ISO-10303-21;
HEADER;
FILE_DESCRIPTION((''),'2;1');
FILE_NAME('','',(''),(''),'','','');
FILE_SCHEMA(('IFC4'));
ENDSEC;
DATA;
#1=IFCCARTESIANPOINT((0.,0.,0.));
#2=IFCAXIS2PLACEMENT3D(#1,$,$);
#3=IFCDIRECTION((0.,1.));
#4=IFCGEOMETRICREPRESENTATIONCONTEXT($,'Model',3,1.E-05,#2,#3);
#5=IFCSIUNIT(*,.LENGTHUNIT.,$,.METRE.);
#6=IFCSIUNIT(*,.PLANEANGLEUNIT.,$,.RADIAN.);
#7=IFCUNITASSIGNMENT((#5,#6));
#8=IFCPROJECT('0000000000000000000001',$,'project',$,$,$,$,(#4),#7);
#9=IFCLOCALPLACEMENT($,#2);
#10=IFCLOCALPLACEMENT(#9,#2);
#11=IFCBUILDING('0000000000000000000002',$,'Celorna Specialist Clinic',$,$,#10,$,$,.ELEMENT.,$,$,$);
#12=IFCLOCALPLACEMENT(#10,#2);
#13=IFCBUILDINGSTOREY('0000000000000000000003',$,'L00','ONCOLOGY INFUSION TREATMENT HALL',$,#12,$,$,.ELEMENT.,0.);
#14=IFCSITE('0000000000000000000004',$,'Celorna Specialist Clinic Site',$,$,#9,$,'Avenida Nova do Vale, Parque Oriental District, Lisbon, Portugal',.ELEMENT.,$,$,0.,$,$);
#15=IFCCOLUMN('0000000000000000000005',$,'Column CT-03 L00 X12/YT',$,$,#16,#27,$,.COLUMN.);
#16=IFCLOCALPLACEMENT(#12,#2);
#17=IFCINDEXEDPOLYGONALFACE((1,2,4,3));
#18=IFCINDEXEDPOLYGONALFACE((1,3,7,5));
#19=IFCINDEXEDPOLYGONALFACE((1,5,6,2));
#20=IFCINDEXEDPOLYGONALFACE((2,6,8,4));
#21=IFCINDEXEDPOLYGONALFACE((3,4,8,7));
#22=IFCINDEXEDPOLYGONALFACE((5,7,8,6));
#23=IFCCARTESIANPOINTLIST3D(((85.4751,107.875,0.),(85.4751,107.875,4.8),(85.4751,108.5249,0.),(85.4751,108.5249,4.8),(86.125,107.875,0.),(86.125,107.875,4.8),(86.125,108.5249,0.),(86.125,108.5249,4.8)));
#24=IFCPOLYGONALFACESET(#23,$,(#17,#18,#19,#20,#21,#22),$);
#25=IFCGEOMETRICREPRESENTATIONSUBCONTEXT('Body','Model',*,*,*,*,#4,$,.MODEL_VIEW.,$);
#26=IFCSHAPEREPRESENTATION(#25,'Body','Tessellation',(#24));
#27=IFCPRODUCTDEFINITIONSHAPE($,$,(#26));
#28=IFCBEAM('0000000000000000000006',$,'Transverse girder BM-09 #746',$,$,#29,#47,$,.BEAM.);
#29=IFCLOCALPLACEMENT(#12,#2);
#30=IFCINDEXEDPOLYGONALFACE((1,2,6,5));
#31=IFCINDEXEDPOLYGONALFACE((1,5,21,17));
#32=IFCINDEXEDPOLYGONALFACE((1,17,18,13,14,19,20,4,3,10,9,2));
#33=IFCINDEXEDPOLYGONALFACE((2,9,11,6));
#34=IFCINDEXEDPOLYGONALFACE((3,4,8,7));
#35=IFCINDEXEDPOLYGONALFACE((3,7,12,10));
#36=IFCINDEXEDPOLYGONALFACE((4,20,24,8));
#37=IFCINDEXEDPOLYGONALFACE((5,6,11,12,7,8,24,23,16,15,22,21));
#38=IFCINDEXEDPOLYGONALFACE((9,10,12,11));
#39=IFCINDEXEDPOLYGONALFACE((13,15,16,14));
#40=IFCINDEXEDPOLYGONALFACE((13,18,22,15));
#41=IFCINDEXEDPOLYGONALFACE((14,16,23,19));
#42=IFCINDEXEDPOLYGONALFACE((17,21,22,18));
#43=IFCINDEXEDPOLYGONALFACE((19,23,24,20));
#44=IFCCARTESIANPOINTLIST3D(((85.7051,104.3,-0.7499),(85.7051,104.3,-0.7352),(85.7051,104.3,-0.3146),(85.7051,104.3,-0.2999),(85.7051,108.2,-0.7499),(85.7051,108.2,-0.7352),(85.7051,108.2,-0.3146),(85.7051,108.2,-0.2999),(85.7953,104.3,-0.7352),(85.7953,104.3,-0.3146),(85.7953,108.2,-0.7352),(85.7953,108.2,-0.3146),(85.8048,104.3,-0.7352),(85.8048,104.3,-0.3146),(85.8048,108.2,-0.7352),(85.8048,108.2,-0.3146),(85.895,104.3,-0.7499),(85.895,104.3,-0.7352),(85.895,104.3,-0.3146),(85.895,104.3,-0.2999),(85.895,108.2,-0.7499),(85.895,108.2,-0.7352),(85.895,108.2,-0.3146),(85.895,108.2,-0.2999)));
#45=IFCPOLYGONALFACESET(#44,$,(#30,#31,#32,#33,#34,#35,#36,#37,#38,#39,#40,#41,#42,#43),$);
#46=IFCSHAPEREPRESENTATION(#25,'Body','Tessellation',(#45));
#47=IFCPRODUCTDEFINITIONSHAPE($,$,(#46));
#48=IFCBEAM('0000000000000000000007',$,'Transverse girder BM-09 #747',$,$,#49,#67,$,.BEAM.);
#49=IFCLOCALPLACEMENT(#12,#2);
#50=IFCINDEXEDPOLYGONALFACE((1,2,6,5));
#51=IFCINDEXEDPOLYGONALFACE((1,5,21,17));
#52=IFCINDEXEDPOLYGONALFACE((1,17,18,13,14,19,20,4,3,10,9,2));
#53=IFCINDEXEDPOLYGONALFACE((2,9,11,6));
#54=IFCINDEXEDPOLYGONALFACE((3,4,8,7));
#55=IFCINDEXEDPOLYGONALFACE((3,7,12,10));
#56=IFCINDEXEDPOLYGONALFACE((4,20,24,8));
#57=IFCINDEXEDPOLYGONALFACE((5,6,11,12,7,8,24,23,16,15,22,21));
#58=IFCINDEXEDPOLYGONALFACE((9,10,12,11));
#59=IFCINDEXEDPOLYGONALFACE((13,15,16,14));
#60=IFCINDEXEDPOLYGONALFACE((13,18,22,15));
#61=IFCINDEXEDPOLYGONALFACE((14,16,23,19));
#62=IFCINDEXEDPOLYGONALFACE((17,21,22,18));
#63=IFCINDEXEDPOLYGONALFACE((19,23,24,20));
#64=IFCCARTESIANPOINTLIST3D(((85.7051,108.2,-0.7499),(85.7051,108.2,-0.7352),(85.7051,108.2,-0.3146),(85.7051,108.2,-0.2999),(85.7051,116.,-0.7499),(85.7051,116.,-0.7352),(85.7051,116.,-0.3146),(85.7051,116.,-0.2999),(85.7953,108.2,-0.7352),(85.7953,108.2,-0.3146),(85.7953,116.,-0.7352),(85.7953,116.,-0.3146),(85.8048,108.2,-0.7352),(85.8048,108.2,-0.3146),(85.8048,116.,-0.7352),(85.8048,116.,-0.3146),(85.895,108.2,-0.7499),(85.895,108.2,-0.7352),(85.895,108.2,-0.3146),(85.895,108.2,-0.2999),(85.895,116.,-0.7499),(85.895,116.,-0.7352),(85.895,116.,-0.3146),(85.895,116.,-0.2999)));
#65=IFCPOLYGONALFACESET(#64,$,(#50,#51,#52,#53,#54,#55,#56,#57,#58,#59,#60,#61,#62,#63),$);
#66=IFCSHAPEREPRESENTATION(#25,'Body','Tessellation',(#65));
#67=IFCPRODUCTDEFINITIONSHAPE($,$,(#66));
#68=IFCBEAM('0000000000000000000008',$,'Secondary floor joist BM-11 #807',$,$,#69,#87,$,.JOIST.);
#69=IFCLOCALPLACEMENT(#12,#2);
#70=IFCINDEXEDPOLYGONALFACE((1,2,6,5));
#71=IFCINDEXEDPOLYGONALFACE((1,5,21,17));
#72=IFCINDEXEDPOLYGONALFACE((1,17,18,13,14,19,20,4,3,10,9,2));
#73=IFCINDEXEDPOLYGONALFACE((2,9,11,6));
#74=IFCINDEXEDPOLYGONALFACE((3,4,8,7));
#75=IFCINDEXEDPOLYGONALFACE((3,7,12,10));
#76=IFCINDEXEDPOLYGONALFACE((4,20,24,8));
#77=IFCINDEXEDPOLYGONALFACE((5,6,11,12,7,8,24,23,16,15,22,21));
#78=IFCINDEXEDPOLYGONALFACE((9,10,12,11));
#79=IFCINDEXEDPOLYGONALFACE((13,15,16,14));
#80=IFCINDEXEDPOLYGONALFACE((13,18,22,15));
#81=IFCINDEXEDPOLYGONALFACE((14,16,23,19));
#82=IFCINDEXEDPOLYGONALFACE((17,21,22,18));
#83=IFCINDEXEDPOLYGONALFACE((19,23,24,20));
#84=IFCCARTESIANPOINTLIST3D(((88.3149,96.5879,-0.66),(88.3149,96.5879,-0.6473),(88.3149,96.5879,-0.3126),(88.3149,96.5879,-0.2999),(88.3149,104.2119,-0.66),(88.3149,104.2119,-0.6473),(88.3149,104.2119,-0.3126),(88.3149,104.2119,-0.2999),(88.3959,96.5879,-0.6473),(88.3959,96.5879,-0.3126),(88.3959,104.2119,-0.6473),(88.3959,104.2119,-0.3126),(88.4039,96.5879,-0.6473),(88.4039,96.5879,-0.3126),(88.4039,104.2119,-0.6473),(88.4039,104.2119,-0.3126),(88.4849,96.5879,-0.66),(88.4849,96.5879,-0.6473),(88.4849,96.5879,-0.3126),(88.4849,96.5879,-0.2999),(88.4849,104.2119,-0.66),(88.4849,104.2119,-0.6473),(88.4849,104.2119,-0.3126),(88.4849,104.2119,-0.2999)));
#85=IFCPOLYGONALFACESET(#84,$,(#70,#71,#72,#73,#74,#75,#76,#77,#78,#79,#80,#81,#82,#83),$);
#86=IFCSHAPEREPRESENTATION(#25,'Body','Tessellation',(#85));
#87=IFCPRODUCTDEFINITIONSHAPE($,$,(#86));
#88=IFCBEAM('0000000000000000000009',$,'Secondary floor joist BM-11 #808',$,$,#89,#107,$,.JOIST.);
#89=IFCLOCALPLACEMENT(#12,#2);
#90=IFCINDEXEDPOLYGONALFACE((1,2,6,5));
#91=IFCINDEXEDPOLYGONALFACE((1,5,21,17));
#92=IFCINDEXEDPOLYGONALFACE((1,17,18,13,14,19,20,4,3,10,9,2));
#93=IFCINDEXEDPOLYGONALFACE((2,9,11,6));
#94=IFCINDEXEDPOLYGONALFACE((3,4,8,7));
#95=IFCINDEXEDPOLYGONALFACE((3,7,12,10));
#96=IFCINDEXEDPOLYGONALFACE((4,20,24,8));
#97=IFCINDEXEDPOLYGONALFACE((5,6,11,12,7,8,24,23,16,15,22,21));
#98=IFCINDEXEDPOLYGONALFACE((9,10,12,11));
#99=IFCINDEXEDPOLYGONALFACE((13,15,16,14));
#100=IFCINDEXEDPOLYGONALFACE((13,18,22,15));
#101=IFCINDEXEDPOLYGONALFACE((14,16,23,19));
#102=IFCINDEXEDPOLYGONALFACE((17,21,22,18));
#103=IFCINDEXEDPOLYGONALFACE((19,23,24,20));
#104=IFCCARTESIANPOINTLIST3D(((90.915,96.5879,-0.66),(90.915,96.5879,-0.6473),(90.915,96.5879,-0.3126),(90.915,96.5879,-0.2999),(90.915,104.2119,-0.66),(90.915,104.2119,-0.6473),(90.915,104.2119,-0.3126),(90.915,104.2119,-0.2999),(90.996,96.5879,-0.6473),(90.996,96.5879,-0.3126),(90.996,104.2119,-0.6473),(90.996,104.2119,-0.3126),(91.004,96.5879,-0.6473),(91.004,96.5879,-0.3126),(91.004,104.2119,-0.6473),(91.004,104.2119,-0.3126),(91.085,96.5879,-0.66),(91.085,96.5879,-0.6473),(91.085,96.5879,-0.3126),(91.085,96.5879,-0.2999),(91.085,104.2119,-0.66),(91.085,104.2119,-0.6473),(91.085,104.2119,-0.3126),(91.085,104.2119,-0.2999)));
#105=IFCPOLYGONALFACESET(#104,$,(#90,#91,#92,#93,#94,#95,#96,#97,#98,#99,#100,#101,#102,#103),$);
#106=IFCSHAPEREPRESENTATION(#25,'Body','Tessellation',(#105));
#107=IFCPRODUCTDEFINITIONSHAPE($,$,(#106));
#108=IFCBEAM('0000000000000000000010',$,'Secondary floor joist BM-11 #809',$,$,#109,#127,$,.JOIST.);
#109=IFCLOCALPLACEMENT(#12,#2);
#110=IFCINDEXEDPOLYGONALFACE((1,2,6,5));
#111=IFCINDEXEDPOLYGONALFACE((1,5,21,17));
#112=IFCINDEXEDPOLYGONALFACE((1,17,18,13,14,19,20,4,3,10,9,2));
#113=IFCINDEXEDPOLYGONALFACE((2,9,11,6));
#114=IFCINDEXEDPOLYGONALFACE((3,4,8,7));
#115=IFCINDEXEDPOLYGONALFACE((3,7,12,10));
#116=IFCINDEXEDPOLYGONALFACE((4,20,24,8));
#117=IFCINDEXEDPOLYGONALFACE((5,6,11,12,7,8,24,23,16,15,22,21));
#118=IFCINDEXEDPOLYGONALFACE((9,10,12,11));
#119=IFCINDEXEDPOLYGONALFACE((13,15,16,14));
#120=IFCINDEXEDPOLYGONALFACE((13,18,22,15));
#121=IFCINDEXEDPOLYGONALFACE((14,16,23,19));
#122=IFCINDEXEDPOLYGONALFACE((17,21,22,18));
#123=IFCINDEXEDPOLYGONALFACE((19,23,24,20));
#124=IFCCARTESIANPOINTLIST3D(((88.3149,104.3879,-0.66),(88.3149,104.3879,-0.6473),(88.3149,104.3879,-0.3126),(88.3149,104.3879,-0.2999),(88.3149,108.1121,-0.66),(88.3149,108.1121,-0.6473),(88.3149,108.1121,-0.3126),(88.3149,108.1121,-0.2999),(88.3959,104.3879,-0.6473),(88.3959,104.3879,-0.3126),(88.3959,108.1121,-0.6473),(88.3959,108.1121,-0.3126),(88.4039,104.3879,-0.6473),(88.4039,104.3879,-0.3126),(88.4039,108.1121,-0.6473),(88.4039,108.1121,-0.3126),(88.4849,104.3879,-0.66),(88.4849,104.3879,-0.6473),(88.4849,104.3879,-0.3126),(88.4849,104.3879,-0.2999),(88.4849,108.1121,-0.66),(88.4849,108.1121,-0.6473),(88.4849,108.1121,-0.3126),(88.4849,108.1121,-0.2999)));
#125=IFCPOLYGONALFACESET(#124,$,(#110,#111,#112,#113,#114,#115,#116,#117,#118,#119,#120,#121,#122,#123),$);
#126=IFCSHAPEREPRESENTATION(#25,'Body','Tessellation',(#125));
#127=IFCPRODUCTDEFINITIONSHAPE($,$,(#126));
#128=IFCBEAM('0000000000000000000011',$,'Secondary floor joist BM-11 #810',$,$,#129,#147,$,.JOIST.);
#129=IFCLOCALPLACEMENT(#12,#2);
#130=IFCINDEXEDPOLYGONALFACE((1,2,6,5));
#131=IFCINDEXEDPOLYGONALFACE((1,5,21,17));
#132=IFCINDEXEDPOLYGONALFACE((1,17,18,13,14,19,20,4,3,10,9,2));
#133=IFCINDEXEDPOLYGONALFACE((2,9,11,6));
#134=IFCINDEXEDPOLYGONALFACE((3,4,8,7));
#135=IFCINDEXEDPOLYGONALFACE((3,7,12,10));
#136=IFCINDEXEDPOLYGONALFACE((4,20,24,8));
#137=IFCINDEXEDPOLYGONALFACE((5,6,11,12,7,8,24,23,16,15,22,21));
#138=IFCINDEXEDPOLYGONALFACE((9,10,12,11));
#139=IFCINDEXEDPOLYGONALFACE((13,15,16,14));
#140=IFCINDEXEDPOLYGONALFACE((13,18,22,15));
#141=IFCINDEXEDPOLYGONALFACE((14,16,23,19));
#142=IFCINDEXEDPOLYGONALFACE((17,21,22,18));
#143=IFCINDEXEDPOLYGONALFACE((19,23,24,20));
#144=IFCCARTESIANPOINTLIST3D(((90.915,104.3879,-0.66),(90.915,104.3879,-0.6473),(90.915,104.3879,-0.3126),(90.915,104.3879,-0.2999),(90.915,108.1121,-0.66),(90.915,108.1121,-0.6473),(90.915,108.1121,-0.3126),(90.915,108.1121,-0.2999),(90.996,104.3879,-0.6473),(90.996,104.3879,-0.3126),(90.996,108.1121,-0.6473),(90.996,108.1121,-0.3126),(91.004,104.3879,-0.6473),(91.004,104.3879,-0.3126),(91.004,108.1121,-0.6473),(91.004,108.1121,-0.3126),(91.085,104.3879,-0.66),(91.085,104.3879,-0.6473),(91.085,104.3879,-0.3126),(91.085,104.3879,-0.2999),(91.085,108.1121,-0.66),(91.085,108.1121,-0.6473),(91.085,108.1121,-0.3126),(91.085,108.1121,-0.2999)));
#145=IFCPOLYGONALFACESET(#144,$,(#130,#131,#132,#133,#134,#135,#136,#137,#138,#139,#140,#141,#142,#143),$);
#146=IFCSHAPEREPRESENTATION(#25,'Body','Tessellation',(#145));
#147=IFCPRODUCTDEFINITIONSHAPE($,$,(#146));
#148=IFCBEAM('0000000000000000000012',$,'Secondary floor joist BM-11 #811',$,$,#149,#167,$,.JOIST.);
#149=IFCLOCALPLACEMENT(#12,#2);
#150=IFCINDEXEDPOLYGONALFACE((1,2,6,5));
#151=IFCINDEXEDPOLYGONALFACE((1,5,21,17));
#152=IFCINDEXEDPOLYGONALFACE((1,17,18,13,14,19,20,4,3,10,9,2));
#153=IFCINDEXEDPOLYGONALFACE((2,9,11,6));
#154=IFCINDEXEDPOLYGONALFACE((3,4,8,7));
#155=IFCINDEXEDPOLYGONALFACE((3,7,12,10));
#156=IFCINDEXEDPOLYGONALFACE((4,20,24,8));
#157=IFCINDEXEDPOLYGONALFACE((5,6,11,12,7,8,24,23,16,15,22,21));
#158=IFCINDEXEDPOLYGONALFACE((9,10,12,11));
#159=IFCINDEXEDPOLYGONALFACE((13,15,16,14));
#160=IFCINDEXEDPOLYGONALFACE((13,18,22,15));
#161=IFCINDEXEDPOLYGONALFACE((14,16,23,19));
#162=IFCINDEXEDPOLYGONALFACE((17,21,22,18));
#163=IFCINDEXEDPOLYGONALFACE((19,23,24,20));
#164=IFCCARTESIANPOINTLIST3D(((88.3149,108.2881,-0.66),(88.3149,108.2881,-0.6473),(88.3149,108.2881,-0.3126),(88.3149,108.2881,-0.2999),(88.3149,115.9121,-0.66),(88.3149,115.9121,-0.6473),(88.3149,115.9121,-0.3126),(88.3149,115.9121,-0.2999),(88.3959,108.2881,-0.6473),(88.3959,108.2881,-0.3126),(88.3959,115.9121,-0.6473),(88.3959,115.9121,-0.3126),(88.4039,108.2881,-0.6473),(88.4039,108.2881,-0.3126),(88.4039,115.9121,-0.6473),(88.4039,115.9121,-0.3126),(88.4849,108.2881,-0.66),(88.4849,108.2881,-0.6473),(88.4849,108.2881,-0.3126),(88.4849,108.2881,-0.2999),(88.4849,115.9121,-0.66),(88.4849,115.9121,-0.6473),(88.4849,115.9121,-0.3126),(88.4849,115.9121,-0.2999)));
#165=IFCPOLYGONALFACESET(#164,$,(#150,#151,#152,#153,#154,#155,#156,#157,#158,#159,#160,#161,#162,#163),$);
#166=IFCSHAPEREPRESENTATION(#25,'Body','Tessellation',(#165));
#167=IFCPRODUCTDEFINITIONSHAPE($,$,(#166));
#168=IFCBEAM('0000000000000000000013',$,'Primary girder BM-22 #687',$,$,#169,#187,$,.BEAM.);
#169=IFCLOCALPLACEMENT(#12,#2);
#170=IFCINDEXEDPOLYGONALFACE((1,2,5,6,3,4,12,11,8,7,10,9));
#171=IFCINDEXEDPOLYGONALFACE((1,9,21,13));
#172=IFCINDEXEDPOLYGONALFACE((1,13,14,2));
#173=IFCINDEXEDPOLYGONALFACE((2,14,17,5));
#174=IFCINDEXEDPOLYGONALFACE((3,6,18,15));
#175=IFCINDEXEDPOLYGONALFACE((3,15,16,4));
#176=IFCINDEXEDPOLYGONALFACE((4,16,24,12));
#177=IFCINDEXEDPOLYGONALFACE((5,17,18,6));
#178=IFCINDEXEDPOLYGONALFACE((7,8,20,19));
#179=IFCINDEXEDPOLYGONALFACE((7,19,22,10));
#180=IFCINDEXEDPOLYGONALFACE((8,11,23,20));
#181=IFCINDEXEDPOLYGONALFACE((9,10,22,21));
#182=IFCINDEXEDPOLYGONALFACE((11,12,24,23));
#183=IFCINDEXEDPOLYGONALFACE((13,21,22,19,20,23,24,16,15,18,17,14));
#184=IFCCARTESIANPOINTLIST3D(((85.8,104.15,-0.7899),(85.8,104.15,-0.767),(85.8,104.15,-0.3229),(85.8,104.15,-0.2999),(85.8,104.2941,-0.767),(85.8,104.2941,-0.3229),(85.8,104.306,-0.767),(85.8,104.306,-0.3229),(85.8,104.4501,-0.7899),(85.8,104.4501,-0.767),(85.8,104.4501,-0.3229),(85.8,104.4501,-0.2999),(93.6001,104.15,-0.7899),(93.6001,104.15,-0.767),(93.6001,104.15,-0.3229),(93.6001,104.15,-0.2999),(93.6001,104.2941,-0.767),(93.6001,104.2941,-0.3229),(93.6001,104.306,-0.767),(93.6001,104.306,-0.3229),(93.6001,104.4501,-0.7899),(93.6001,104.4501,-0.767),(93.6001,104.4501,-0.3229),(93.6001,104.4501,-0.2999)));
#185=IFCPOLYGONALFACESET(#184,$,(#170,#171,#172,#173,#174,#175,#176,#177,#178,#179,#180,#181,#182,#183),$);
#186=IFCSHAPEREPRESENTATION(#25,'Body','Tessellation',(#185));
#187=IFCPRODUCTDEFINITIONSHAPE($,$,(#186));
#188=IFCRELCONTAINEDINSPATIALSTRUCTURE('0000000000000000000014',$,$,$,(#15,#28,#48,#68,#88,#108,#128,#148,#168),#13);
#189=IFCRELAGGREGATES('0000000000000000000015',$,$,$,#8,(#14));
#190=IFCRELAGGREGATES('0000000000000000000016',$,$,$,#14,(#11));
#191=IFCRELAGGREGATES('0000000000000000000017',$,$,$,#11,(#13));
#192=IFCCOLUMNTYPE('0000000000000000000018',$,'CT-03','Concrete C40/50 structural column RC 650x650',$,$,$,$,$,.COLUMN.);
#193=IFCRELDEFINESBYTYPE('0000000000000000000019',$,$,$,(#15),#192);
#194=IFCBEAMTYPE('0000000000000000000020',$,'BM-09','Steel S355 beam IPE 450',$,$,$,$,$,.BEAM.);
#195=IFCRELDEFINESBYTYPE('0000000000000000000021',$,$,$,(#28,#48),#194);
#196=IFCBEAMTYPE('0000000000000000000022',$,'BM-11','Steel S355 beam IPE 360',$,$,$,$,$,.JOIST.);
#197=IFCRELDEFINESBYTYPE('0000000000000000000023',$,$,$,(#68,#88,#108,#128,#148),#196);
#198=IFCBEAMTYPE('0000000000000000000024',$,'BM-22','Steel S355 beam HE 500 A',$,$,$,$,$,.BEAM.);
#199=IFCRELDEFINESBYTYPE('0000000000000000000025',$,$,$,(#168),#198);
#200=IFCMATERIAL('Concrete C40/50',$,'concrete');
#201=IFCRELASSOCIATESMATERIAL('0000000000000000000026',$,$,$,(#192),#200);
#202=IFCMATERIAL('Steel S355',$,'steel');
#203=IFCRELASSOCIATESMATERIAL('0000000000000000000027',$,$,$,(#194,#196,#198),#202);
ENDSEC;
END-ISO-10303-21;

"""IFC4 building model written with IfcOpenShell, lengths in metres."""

from ifc_helpers import new_model, si_unit, direction, frame, origin, origin_2d, place, context, subcontext, project, spatial, rectangle, i_section, extrude, material, material_profile, profile_set, type_object, element, save


model = new_model("IFC4")

# Units and contexts
model_context = context("Model", 3, precision=1e-05, world=origin(), true_north=direction((0.0, 1.0)))
body_context = subcontext(model_context, "Body", "Model", "MODEL_VIEW")
ifc_project = project(units=[si_unit("LENGTHUNIT", "METRE"), si_unit("PLANEANGLEUNIT", "RADIAN")], contexts=[model_context])

# Site, building, storey
site_placement = place(None, origin())
site = spatial("IfcSite", under=ifc_project, at=site_placement, Name="Celorna Specialist Clinic Site", LongName="Avenida Nova do Vale, Parque Oriental District, Lisbon, Portugal", CompositionType="ELEMENT", RefElevation=0.0)
building_placement = place(site_placement, origin())
building = spatial("IfcBuilding", under=site, at=building_placement, Name="Celorna Specialist Clinic", CompositionType="ELEMENT")
storey_placement = place(building_placement, origin())
storey = spatial("IfcBuildingStorey", under=building, at=storey_placement, Name="L00", Description="ONCOLOGY INFUSION TREATMENT HALL", CompositionType="ELEMENT", Elevation=0.0)

# Column
ifc_material_1 = material(Name="Concrete C40/50", Category="concrete")
ifc_material_profile_1 = material_profile(ifc_material_1, rectangle(XDim=0.6499, YDim=0.6499, at=origin_2d()), Name="RC 650x650")
ifc_profile_set_1 = profile_set([ifc_material_profile_1], Name="Concrete C40/50")
column_type = type_object("IfcColumnType", Name="CT-03", Description="Concrete C40/50 structural column RC 650x650", PredefinedType="COLUMN", material=ifc_profile_set_1)
column_placement = place(storey_placement, frame((85.8, 108.2, 0.0), z_axis=(0.0, 0.0, 1.0), x_axis=(1.0, 0.0, 0.0)))
element("IfcColumn", 1, at=column_placement, inside=storey, type_object=column_type, Name="Column CT-03 L00 X12/YT", PredefinedType="COLUMN", context=body_context, shape_type="SweptSolid", body=[
    extrude(rectangle(XDim=0.6499, YDim=0.6499, at=origin_2d()), origin(), (0.0, 0.0, 1.0), 4.8),
])

# Beams
ifc_material_2 = material(Name="Steel S355", Category="steel")
ifc_material_profile_2 = material_profile(ifc_material_2, i_section(OverallWidth=0.1899, OverallDepth=0.45, WebThickness=0.0095, FlangeThickness=0.0146, at=origin_2d()), Name="IPE 450")
ifc_profile_set_2 = profile_set([ifc_material_profile_2], Name="Steel S355")
beam_type_1 = type_object("IfcBeamType", Name="BM-09", Description="Steel S355 beam IPE 450", PredefinedType="BEAM", material=ifc_profile_set_2)
beam_1_placement = place(storey_placement, frame((85.8, 104.3, -0.5249), z_axis=(0.0, 1.0, 0.0), x_axis=(-1.0, 0.0, 0.0)))
element("IfcBeam", 2, at=beam_1_placement, inside=storey, type_object=beam_type_1, Name="Transverse girder BM-09 #746", PredefinedType="BEAM", context=body_context, shape_type="SweptSolid", body=[
    extrude(i_section(OverallWidth=0.1899, OverallDepth=0.45, WebThickness=0.0095, FlangeThickness=0.0146, at=origin_2d()), origin(), (0.0, 0.0, 1.0), 3.8999),
])
beam_2_placement = place(storey_placement, frame((85.8, 108.2, -0.5249), z_axis=(0.0, 1.0, 0.0), x_axis=(-1.0, 0.0, 0.0)))
element("IfcBeam", 3, at=beam_2_placement, inside=storey, type_object=beam_type_1, Name="Transverse girder BM-09 #747", PredefinedType="BEAM", context=body_context, shape_type="SweptSolid", body=[
    extrude(i_section(OverallWidth=0.1899, OverallDepth=0.45, WebThickness=0.0095, FlangeThickness=0.0146, at=origin_2d()), origin(), (0.0, 0.0, 1.0), 7.8),
])
ifc_material_profile_3 = material_profile(ifc_material_2, i_section(OverallWidth=0.1699, OverallDepth=0.3601, WebThickness=0.0081, FlangeThickness=0.0127, at=origin_2d()), Name="IPE 360")
ifc_profile_set_3 = profile_set([ifc_material_profile_3], Name="Steel S355")
beam_type_2 = type_object("IfcBeamType", Name="BM-11", Description="Steel S355 beam IPE 360", PredefinedType="JOIST", material=ifc_profile_set_3)
for number, where, z_axis, x_axis, name in (
    (4, (88.3999, 96.5879, -0.48), (0.0, 1.0, 0.0), (-1.0, 0.0, 0.0), "Secondary floor joist BM-11 #807"),
    (5, (91.0, 96.5879, -0.48), (0.0, 1.0, 0.0), (-1.0, 0.0, 0.0), "Secondary floor joist BM-11 #808"),
):
    element("IfcBeam", number, at=place(storey_placement, frame(where, z_axis=z_axis, x_axis=x_axis)), inside=storey, type_object=beam_type_2, Name=name, PredefinedType="JOIST", context=body_context, shape_type="SweptSolid", body=[
        extrude(i_section(OverallWidth=0.1699, OverallDepth=0.3601, WebThickness=0.0081, FlangeThickness=0.0127, at=origin_2d()), origin(), (0.0, 0.0, 1.0), 7.624),
    ])
for number, where, z_axis, x_axis, name in (
    (6, (88.3999, 104.3879, -0.48), (0.0, 1.0, 0.0), (-1.0, 0.0, 0.0), "Secondary floor joist BM-11 #809"),
    (7, (91.0, 104.3879, -0.48), (0.0, 1.0, 0.0), (-1.0, 0.0, 0.0), "Secondary floor joist BM-11 #810"),
):
    element("IfcBeam", number, at=place(storey_placement, frame(where, z_axis=z_axis, x_axis=x_axis)), inside=storey, type_object=beam_type_2, Name=name, PredefinedType="JOIST", context=body_context, shape_type="SweptSolid", body=[
        extrude(i_section(OverallWidth=0.1699, OverallDepth=0.3601, WebThickness=0.0081, FlangeThickness=0.0127, at=origin_2d()), origin(), (0.0, 0.0, 1.0), 3.7241),
    ])
beam_3_placement = place(storey_placement, frame((88.3999, 108.2881, -0.48), z_axis=(0.0, 1.0, 0.0), x_axis=(-1.0, 0.0, 0.0)))
element("IfcBeam", 8, at=beam_3_placement, inside=storey, type_object=beam_type_2, Name="Secondary floor joist BM-11 #811", PredefinedType="JOIST", context=body_context, shape_type="SweptSolid", body=[
    extrude(i_section(OverallWidth=0.1699, OverallDepth=0.3601, WebThickness=0.0081, FlangeThickness=0.0127, at=origin_2d()), origin(), (0.0, 0.0, 1.0), 7.624),
])
ifc_material_profile_4 = material_profile(ifc_material_2, i_section(OverallWidth=0.3, OverallDepth=0.49, WebThickness=0.012, FlangeThickness=0.0229, at=origin_2d()), Name="HE 500 A")
ifc_profile_set_4 = profile_set([ifc_material_profile_4], Name="Steel S355")
beam_type_3 = type_object("IfcBeamType", Name="BM-22", Description="Steel S355 beam HE 500 A", PredefinedType="BEAM", material=ifc_profile_set_4)
for number, where, z_axis, x_axis, name in (
    (9, (85.8, 104.3, -0.5449), (1.0, 0.0, 0.0), (0.0, 1.0, 0.0), "Primary girder BM-22 #687"),
):
    element("IfcBeam", number, at=place(storey_placement, frame(where, z_axis=z_axis, x_axis=x_axis)), inside=storey, type_object=beam_type_3, Name=name, PredefinedType="BEAM", context=body_context, shape_type="SweptSolid", body=[
        extrude(i_section(OverallWidth=0.3, OverallDepth=0.49, WebThickness=0.012, FlangeThickness=0.0229, at=origin_2d()), origin(), (0.0, 0.0, 1.0), 7.8),
    ])

save(model, "model.ifc")
